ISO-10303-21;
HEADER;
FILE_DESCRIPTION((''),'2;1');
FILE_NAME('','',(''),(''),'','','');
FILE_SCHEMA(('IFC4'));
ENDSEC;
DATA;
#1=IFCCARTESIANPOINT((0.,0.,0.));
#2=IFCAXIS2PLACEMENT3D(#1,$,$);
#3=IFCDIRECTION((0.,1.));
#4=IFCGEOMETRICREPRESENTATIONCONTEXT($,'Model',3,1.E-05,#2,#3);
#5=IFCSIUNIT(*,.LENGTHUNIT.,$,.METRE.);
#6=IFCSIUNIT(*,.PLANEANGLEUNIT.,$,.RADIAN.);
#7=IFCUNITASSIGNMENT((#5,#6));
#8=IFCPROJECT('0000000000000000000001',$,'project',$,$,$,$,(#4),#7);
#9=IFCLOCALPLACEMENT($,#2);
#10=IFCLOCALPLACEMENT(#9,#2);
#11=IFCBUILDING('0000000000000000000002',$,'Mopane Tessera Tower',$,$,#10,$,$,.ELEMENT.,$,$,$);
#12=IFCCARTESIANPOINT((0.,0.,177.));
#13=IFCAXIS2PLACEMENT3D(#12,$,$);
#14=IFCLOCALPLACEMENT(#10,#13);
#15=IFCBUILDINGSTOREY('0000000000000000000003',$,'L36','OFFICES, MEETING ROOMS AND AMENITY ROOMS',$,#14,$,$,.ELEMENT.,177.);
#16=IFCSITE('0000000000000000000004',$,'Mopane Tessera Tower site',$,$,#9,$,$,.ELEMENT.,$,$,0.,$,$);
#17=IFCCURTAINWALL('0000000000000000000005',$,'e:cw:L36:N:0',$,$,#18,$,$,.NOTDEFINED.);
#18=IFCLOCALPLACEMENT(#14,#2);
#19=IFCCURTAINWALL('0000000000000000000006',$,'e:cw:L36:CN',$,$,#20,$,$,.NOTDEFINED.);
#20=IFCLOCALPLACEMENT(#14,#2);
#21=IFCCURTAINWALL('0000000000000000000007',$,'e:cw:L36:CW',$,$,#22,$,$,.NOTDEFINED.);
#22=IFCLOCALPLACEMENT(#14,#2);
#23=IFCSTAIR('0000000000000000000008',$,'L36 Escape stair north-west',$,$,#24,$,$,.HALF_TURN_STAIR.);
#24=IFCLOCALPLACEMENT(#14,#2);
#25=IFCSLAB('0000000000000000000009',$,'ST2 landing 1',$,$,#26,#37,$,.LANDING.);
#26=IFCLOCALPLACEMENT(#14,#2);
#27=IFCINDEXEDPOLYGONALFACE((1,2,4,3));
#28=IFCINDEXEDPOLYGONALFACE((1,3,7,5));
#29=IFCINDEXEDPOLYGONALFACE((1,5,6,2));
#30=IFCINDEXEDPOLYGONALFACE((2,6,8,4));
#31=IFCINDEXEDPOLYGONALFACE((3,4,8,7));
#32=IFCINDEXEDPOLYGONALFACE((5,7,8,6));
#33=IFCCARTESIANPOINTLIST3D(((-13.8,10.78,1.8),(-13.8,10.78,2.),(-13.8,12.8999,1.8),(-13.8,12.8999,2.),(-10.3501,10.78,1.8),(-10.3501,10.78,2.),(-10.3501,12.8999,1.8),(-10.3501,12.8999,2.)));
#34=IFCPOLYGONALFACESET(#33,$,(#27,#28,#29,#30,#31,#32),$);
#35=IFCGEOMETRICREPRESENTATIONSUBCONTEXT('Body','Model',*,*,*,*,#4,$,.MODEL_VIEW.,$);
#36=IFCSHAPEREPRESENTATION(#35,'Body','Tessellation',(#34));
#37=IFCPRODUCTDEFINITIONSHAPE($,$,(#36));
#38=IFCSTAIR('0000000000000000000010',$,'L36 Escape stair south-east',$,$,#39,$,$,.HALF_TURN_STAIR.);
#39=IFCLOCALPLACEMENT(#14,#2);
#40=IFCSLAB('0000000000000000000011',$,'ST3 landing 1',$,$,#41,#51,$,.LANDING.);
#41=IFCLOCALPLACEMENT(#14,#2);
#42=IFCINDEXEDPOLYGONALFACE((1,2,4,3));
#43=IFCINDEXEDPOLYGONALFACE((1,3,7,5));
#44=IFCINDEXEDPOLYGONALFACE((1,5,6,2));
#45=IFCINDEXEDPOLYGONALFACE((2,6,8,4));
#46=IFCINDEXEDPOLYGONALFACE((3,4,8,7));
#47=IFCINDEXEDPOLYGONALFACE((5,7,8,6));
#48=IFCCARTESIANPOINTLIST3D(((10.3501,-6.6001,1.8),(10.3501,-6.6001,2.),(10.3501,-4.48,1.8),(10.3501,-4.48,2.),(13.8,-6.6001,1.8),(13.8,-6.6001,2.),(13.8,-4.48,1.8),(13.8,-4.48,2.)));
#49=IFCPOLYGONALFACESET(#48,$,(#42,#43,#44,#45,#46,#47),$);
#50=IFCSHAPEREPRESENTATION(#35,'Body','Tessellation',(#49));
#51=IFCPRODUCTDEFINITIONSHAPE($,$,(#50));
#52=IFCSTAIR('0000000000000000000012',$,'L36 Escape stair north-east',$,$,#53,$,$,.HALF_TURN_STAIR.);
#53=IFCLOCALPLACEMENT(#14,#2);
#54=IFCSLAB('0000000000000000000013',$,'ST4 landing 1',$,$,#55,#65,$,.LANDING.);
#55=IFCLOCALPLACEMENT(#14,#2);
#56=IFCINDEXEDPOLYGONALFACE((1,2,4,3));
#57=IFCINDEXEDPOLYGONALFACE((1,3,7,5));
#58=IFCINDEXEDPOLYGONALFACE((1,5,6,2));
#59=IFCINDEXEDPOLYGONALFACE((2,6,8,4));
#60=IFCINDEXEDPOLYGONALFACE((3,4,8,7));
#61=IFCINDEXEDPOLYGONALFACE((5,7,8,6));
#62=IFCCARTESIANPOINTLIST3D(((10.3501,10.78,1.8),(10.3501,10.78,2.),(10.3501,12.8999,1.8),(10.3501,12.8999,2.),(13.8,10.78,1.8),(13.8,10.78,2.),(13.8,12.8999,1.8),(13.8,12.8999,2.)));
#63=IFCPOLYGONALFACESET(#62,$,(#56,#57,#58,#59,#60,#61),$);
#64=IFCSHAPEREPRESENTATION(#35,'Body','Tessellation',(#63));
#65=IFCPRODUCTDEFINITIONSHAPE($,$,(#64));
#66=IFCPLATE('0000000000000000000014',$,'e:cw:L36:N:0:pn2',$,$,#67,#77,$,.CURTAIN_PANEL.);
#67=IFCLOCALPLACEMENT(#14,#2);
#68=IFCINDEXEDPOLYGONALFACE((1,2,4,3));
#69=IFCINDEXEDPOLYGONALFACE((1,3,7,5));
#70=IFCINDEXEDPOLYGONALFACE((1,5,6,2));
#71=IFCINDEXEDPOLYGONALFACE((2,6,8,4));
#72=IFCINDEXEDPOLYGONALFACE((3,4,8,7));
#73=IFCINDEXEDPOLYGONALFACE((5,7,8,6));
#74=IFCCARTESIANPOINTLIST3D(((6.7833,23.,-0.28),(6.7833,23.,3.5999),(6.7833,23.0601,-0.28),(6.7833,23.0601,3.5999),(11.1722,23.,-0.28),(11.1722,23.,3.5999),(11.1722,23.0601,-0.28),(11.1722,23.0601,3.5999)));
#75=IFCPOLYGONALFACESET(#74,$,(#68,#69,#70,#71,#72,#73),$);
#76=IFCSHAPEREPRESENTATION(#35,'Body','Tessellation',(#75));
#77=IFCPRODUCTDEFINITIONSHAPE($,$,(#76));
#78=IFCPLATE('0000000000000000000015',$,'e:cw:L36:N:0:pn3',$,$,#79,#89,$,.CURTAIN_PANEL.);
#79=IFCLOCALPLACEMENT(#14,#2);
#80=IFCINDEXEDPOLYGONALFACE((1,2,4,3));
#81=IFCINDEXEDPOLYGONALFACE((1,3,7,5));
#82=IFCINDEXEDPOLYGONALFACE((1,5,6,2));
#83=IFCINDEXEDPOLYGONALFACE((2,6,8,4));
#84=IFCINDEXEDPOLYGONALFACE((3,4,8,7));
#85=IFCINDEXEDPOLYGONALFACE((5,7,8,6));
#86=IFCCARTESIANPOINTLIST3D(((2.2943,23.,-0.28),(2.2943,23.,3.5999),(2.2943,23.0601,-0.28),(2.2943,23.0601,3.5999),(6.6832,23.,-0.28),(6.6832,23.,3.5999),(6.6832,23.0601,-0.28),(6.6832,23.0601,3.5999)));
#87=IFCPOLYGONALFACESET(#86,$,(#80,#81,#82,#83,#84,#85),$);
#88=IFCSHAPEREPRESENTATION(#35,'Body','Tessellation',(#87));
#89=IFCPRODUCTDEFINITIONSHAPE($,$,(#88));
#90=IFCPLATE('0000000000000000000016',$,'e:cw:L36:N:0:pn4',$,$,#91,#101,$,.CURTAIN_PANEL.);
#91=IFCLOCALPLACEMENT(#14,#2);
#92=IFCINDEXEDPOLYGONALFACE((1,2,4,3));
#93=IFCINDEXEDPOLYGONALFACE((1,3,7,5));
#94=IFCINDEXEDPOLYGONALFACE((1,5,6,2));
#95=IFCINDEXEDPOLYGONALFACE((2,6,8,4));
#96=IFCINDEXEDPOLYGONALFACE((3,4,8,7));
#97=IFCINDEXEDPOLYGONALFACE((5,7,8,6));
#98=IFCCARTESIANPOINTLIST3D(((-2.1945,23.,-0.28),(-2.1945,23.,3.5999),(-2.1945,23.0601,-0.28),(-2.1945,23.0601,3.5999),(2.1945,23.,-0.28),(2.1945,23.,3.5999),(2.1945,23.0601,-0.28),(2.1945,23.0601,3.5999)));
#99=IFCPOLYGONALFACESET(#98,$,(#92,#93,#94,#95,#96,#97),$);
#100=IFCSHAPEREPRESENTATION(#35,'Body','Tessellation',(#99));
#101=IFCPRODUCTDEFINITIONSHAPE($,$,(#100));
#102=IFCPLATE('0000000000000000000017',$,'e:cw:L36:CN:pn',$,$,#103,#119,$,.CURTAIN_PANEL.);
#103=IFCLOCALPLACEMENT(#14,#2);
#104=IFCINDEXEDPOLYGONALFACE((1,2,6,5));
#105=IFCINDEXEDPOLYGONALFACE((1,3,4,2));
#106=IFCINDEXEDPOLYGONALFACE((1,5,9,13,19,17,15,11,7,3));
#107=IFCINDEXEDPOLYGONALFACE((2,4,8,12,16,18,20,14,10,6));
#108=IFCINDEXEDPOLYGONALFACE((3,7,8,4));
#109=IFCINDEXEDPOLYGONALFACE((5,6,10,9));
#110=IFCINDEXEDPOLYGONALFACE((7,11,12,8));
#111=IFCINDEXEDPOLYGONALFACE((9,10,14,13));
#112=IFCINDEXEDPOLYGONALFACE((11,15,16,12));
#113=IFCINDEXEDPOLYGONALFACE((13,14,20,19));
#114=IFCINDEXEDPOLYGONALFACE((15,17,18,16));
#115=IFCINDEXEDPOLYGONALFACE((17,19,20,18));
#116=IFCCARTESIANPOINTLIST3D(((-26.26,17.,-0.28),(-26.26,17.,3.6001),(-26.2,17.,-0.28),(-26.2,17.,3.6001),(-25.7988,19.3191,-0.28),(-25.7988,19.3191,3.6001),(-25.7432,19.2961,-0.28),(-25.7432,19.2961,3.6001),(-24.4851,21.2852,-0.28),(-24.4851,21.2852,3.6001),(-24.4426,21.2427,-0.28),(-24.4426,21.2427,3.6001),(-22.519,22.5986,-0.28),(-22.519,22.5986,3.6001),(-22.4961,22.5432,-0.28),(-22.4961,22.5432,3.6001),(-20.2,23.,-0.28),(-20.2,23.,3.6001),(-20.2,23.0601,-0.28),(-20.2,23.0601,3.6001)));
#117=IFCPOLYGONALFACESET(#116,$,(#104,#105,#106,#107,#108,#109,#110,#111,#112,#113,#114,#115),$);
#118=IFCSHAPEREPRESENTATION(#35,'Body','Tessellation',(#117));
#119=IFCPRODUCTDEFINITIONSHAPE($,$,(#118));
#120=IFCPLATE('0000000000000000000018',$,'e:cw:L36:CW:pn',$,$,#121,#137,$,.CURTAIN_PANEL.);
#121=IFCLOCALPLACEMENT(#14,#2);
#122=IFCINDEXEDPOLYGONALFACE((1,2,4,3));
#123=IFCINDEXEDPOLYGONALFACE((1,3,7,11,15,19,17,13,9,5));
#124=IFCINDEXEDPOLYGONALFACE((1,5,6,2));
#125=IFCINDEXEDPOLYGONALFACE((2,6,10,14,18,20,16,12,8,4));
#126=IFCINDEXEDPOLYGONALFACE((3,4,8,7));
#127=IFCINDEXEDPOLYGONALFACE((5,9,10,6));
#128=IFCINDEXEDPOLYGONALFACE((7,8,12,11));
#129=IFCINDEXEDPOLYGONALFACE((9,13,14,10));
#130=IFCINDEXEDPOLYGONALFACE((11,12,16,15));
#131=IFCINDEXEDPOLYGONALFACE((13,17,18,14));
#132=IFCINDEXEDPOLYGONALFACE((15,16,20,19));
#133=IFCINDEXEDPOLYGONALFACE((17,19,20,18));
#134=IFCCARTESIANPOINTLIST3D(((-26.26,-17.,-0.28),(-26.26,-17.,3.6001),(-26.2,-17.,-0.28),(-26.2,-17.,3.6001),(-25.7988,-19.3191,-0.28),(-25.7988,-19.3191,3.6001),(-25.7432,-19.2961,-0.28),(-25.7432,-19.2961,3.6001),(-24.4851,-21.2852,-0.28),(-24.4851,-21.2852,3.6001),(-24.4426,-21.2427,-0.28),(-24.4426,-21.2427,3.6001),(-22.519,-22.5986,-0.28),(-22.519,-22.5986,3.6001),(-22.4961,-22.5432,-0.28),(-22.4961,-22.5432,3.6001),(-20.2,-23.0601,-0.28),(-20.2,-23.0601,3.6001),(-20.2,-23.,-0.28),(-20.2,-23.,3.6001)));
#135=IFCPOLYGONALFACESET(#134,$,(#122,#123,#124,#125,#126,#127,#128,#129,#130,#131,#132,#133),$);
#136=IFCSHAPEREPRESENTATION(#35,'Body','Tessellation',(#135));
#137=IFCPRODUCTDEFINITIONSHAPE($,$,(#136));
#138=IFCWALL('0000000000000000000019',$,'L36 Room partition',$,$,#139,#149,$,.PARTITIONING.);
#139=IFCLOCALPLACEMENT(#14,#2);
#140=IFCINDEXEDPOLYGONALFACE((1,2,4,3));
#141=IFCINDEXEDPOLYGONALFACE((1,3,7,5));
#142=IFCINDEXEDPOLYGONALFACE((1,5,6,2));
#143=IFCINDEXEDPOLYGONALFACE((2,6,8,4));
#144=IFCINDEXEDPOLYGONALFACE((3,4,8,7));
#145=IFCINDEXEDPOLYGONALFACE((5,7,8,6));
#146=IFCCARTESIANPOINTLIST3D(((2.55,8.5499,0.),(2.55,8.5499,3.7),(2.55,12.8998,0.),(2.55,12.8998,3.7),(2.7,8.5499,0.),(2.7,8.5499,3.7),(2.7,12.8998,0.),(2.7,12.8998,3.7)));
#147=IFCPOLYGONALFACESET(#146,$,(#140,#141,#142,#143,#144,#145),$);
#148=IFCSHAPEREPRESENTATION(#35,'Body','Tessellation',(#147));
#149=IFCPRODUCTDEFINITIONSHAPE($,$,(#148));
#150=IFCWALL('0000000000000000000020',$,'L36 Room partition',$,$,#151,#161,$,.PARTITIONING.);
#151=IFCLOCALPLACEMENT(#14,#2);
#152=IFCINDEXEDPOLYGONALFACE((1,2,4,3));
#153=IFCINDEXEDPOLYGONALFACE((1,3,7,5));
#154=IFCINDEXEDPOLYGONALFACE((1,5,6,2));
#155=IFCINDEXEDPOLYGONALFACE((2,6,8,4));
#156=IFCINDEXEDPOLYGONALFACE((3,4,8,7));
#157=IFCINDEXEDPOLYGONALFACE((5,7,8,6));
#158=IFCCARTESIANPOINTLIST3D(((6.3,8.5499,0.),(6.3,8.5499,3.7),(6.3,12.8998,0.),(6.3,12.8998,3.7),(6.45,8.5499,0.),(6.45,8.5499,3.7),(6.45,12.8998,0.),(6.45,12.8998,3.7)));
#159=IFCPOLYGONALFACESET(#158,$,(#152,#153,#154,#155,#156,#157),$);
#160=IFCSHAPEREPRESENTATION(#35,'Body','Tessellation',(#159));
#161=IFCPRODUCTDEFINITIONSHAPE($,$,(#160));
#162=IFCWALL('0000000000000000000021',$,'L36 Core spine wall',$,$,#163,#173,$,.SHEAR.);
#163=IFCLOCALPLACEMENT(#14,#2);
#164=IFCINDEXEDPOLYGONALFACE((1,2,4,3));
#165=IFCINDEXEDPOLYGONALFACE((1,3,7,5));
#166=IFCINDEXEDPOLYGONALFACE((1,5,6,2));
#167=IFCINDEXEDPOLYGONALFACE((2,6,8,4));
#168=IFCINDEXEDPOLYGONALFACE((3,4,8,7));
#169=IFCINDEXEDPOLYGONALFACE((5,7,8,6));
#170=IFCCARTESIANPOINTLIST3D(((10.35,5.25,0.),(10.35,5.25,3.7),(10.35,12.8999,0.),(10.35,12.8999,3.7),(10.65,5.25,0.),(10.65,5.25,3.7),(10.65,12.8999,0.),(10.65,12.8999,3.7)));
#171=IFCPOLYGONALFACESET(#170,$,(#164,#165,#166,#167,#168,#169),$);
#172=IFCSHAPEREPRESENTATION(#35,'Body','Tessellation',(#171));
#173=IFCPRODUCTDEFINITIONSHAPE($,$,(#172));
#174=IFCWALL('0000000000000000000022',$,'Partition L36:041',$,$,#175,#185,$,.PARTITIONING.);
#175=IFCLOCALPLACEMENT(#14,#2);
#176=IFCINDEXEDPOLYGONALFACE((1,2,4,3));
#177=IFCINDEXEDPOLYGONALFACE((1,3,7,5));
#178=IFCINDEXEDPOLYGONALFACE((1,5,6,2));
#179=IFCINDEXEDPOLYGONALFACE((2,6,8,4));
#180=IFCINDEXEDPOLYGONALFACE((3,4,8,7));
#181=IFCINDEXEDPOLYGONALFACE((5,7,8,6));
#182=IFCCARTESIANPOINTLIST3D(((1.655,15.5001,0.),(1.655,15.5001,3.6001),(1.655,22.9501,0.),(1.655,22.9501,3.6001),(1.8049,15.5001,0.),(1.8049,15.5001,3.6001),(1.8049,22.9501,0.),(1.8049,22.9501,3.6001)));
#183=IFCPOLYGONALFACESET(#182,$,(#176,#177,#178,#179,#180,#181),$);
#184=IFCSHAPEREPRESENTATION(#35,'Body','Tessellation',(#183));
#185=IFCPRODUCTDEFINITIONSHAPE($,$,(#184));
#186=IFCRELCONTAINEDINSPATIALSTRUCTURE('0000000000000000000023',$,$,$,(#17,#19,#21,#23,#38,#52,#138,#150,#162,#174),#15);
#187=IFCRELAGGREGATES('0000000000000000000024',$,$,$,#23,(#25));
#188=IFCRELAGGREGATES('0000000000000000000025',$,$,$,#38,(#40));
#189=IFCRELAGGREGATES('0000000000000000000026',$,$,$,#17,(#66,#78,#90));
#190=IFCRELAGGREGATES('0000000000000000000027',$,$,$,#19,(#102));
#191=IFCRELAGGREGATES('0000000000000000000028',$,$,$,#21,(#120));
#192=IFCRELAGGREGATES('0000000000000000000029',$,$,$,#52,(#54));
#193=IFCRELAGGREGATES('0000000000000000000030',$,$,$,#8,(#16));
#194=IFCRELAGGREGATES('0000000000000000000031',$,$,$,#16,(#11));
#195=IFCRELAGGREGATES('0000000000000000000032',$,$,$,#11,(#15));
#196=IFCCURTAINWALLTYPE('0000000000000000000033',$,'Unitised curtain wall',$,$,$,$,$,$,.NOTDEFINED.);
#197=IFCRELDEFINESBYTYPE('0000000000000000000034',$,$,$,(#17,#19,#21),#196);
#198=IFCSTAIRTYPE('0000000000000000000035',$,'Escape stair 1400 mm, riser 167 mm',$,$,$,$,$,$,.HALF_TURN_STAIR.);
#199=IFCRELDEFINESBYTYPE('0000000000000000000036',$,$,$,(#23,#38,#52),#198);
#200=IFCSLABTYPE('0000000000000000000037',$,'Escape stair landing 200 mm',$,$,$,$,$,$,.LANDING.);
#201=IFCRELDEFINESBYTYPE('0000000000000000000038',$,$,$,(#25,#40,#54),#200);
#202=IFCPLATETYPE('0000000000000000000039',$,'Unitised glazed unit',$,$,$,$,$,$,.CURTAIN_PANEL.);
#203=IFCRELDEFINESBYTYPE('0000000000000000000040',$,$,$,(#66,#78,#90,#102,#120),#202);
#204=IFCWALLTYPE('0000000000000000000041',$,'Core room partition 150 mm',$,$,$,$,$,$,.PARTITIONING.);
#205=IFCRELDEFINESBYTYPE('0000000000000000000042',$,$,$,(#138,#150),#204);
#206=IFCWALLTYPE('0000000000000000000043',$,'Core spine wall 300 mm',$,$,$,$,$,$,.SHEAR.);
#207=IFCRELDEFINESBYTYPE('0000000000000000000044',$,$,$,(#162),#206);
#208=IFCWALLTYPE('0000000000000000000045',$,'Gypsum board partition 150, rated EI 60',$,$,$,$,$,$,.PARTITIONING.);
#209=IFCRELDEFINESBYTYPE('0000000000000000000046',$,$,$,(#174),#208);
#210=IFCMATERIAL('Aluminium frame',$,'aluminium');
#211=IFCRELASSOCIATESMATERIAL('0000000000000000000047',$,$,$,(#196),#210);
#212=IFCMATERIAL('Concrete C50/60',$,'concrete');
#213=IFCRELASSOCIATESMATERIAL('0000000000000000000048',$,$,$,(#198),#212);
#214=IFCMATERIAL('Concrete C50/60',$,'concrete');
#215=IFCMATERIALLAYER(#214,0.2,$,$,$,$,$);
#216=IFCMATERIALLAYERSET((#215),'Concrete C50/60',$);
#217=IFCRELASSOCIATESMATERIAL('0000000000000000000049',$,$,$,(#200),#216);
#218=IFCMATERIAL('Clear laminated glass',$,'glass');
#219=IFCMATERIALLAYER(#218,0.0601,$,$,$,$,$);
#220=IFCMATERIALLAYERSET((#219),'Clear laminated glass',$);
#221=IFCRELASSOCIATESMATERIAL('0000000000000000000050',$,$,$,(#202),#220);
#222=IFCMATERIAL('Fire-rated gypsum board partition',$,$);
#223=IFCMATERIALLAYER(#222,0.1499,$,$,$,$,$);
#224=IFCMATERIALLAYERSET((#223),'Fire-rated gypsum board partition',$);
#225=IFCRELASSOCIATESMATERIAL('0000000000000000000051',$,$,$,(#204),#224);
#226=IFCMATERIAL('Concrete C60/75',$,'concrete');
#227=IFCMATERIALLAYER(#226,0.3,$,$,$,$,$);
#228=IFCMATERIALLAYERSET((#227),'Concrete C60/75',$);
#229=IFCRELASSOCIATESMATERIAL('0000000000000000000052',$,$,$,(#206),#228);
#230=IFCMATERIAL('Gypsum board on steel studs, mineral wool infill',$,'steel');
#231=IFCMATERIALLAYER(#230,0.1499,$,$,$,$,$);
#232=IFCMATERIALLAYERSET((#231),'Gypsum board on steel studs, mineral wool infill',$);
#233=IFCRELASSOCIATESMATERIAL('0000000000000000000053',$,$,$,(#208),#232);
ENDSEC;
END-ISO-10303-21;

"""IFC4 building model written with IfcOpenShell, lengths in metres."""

from ifc_helpers import new_model, si_unit, direction, frame, frame_2d, origin, origin_2d, place, context, subcontext, project, spatial, polyline, rectangle, outline, extrude, material, layer, layer_set, type_object, element, aggregate, save


model = new_model("IFC4")

# Units and contexts
model_context = context("Model", 3, precision=1e-05, world=origin(), true_north=direction((0.0, 1.0)))
body_context = subcontext(model_context, "Body", "Model", "MODEL_VIEW")
ifc_project = project(units=[si_unit("LENGTHUNIT", "METRE"), si_unit("PLANEANGLEUNIT", "RADIAN")], contexts=[model_context])

# Site, building, storey
site_placement = place(None, origin())
site = spatial("IfcSite", under=ifc_project, at=site_placement, Name="Mopane Tessera Tower site", CompositionType="ELEMENT", RefElevation=0.0)
building_placement = place(site_placement, origin())
building = spatial("IfcBuilding", under=site, at=building_placement, Name="Mopane Tessera Tower", CompositionType="ELEMENT")
storey_placement = place(building_placement, frame((0.0, 0.0, 177.0)))
storey = spatial("IfcBuildingStorey", under=building, at=storey_placement, Name="L36", Description="OFFICES, MEETING ROOMS AND AMENITY ROOMS", CompositionType="ELEMENT", Elevation=177.0)

# Curtain wall
ifc_material_1 = material(Name="Aluminium frame", Category="aluminium")
curtain_wall_type = type_object("IfcCurtainWallType", Name="Unitised curtain wall", PredefinedType="NOTDEFINED", material=ifc_material_1)
curtain_wall_1_placement = place(storey_placement, origin())
curtain_wall_1 = element("IfcCurtainWall", 1, at=curtain_wall_1_placement, inside=storey, type_object=curtain_wall_type, Name="e:cw:L36:N:0", PredefinedType="NOTDEFINED")

# Curtain walls
curtain_wall_2_placement = place(storey_placement, origin())
curtain_wall_2 = element("IfcCurtainWall", 2, at=curtain_wall_2_placement, inside=storey, type_object=curtain_wall_type, Name="e:cw:L36:CN", PredefinedType="NOTDEFINED")
curtain_wall_3_placement = place(storey_placement, origin())
curtain_wall_3 = element("IfcCurtainWall", 3, at=curtain_wall_3_placement, inside=storey, type_object=curtain_wall_type, Name="e:cw:L36:CW", PredefinedType="NOTDEFINED")

# Stairs, slabs
ifc_material_2 = material(Name="Concrete C50/60", Category="concrete")
stair_type = type_object("IfcStairType", Name="Escape stair 1400 mm, riser 167 mm", PredefinedType="HALF_TURN_STAIR", material=ifc_material_2)
ifc_material_3 = material(Name="Concrete C50/60", Category="concrete")
ifc_layer_1 = layer(ifc_material_3, 0.2)
ifc_layer_set_1 = layer_set([ifc_layer_1], Name="Concrete C50/60")
slab_type_1 = type_object("IfcSlabType", Name="Escape stair landing 200 mm", PredefinedType="LANDING", material=ifc_layer_set_1)
stair_1_placement = place(storey_placement, origin())
stair_1 = element("IfcStair", 4, at=stair_1_placement, inside=storey, type_object=stair_type, Name="L36 Escape stair north-west", PredefinedType="HALF_TURN_STAIR")
slab_1_placement = place(storey_placement, frame((0.0, 0.0, 1.8)))
slab_1 = element("IfcSlab", 5, at=slab_1_placement, type_object=slab_type_1, Name="ST2 landing 1", PredefinedType="LANDING", context=body_context, shape_type="SweptSolid", body=[
    extrude(outline(polyline([(-10.3501, 10.78), (-10.3501, 12.8999), (-13.8, 12.8999), (-13.8, 10.78), (-10.3501, 10.78)])), origin(), (0.0, 0.0, 1.0), 0.2),
])
aggregate(stair_1, [slab_1])
stair_2_placement = place(storey_placement, origin())
stair_2 = element("IfcStair", 6, at=stair_2_placement, inside=storey, type_object=stair_type, Name="L36 Escape stair south-east", PredefinedType="HALF_TURN_STAIR")
slab_2_placement = place(storey_placement, frame((0.0, 0.0, 1.8)))
slab_2 = element("IfcSlab", 7, at=slab_2_placement, type_object=slab_type_1, Name="ST3 landing 1", PredefinedType="LANDING", context=body_context, shape_type="SweptSolid", body=[
    extrude(outline(polyline([(10.3501, -4.48), (10.3501, -6.6001), (13.8, -6.6001), (13.8, -4.48), (10.3501, -4.48)])), origin(), (0.0, 0.0, 1.0), 0.2),
])
aggregate(stair_2, [slab_2])
stair_3_placement = place(storey_placement, origin())
stair_3 = element("IfcStair", 8, at=stair_3_placement, inside=storey, type_object=stair_type, Name="L36 Escape stair north-east", PredefinedType="HALF_TURN_STAIR")
slab_3_placement = place(storey_placement, frame((0.0, 0.0, 1.8)))
slab_3 = element("IfcSlab", 9, at=slab_3_placement, type_object=slab_type_1, Name="ST4 landing 1", PredefinedType="LANDING", context=body_context, shape_type="SweptSolid", body=[
    extrude(outline(polyline([(13.8, 10.78), (13.8, 12.8999), (10.3501, 12.8999), (10.3501, 10.78), (13.8, 10.78)])), origin(), (0.0, 0.0, 1.0), 0.2),
])

# Plates
ifc_material_4 = material(Name="Clear laminated glass", Category="glass")
ifc_layer_2 = layer(ifc_material_4, 0.0601)
ifc_layer_set_2 = layer_set([ifc_layer_2], Name="Clear laminated glass")
plate_type = type_object("IfcPlateType", Name="Unitised glazed unit", PredefinedType="CURTAIN_PANEL", material=ifc_layer_set_2)
plate_1_placement = place(storey_placement, frame((8.9778, 23.03, -0.28), z_axis=(0.0, 0.0, 1.0), x_axis=(-1.0, 0.0, 0.0)))
plate_1 = element("IfcPlate", 10, at=plate_1_placement, type_object=plate_type, Name="e:cw:L36:N:0:pn2", PredefinedType="CURTAIN_PANEL", context=body_context, shape_type="SweptSolid", body=[
    extrude(rectangle(XDim=4.3889, YDim=0.0601, at=origin_2d()), origin(), (0.0, 0.0, 1.0), 3.8799),
])
plate_2_placement = place(storey_placement, frame((4.4888, 23.03, -0.28), z_axis=(0.0, 0.0, 1.0), x_axis=(-1.0, 0.0, 0.0)))
plate_2 = element("IfcPlate", 11, at=plate_2_placement, type_object=plate_type, Name="e:cw:L36:N:0:pn3", PredefinedType="CURTAIN_PANEL", context=body_context, shape_type="SweptSolid", body=[
    extrude(rectangle(XDim=4.3889, YDim=0.0601, at=origin_2d()), origin(), (0.0, 0.0, 1.0), 3.8799),
])
plate_3_placement = place(storey_placement, frame((0.0, 23.03, -0.28), z_axis=(0.0, 0.0, 1.0), x_axis=(-1.0, 0.0, 0.0)))
plate_3 = element("IfcPlate", 12, at=plate_3_placement, type_object=plate_type, Name="e:cw:L36:N:0:pn4", PredefinedType="CURTAIN_PANEL", context=body_context, shape_type="SweptSolid", body=[
    extrude(rectangle(XDim=4.3889, YDim=0.0601, at=origin_2d()), origin(), (0.0, 0.0, 1.0), 3.8799),
])
aggregate(curtain_wall_1, [plate_1, plate_2, plate_3])
plate_4_placement = place(storey_placement, frame((0.0, 0.0, -0.28)))
plate_4 = element("IfcPlate", 13, at=plate_4_placement, type_object=plate_type, Name="e:cw:L36:CN:pn", PredefinedType="CURTAIN_PANEL", context=body_context, shape_type="SweptSolid", body=[
    extrude(outline(polyline([(-20.2, 23.0), (-22.4961, 22.5432), (-24.4426, 21.2427), (-25.7432, 19.2961), (-26.2, 17.0), (-26.26, 17.0), (-25.7988, 19.3191), (-24.4851, 21.2852), (-22.519, 22.5986), (-20.2, 23.0601), (-20.2, 23.0)])), origin(), (0.0, 0.0, 1.0), 3.8801),
])
aggregate(curtain_wall_2, [plate_4])
plate_5_placement = place(storey_placement, frame((0.0, 0.0, -0.28)))
plate_5 = element("IfcPlate", 14, at=plate_5_placement, type_object=plate_type, Name="e:cw:L36:CW:pn", PredefinedType="CURTAIN_PANEL", context=body_context, shape_type="SweptSolid", body=[
    extrude(outline(polyline([(-26.2, -17.0), (-25.7432, -19.2961), (-24.4426, -21.2427), (-22.4961, -22.5432), (-20.2, -23.0), (-20.2, -23.0601), (-22.519, -22.5986), (-24.4851, -21.2852), (-25.7988, -19.3191), (-26.26, -17.0), (-26.2, -17.0)])), origin(), (0.0, 0.0, 1.0), 3.8801),
])
aggregate(curtain_wall_3, [plate_5])

# Walls
ifc_material_5 = material(Name="Fire-rated gypsum board partition")
ifc_layer_3 = layer(ifc_material_5, 0.1499)
ifc_layer_set_3 = layer_set([ifc_layer_3], Name="Fire-rated gypsum board partition")
wall_type_1 = type_object("IfcWallType", Name="Core room partition 150 mm", PredefinedType="PARTITIONING", material=ifc_layer_set_3)
for number, where, z_axis, x_axis, name in (
    (15, (2.625, 8.55, 0.0), (0.0, 0.0, 1.0), (0.0, 1.0, 0.0), "L36 Room partition"),
    (16, (6.375, 8.55, 0.0), (0.0, 0.0, 1.0), (0.0, 1.0, 0.0), "L36 Room partition"),
):
    element("IfcWall", number, at=place(storey_placement, frame(where, z_axis=z_axis, x_axis=x_axis)), inside=storey, type_object=wall_type_1, Name=name, PredefinedType="PARTITIONING", context=body_context, shape_type="SweptSolid", body=[
        extrude(rectangle(XDim=4.3499, YDim=0.1499, at=frame_2d((2.1748, 0.0))), origin(), (0.0, 0.0, 1.0), 3.7),
    ])
ifc_material_6 = material(Name="Concrete C60/75", Category="concrete")
ifc_layer_4 = layer(ifc_material_6, 0.3)
ifc_layer_set_4 = layer_set([ifc_layer_4], Name="Concrete C60/75")
wall_type_2 = type_object("IfcWallType", Name="Core spine wall 300 mm", PredefinedType="SHEAR", material=ifc_layer_set_4)
wall_1_placement = place(storey_placement, frame((10.5, 5.25, 0.0), z_axis=(0.0, 0.0, 1.0), x_axis=(0.0, 1.0, 0.0)))
element("IfcWall", 17, at=wall_1_placement, inside=storey, type_object=wall_type_2, Name="L36 Core spine wall", PredefinedType="SHEAR", context=body_context, shape_type="SweptSolid", body=[
    extrude(rectangle(XDim=7.6499, YDim=0.3, at=frame_2d((3.825, 0.0))), origin(), (0.0, 0.0, 1.0), 3.7),
])
ifc_material_7 = material(Name="Gypsum board on steel studs, mineral wool infill", Category="steel")
ifc_layer_5 = layer(ifc_material_7, 0.1499)
ifc_layer_set_5 = layer_set([ifc_layer_5], Name="Gypsum board on steel studs, mineral wool infill")
wall_type_3 = type_object("IfcWallType", Name="Gypsum board partition 150, rated EI 60", PredefinedType="PARTITIONING", material=ifc_layer_set_5)
wall_2_placement = place(storey_placement, frame((1.73, 15.5, 0.0), z_axis=(0.0, 0.0, 1.0), x_axis=(0.0, 1.0, 0.0)))
element("IfcWall", 18, at=wall_2_placement, inside=storey, type_object=wall_type_3, Name="Partition L36:041", PredefinedType="PARTITIONING", context=body_context, shape_type="SweptSolid", body=[
    extrude(rectangle(XDim=7.45, YDim=0.1499, at=frame_2d((3.7251, 0.0))), origin(), (0.0, 0.0, 1.0), 3.6001),
])

aggregate(stair_3, [slab_3])

save(model, "model.ifc")
